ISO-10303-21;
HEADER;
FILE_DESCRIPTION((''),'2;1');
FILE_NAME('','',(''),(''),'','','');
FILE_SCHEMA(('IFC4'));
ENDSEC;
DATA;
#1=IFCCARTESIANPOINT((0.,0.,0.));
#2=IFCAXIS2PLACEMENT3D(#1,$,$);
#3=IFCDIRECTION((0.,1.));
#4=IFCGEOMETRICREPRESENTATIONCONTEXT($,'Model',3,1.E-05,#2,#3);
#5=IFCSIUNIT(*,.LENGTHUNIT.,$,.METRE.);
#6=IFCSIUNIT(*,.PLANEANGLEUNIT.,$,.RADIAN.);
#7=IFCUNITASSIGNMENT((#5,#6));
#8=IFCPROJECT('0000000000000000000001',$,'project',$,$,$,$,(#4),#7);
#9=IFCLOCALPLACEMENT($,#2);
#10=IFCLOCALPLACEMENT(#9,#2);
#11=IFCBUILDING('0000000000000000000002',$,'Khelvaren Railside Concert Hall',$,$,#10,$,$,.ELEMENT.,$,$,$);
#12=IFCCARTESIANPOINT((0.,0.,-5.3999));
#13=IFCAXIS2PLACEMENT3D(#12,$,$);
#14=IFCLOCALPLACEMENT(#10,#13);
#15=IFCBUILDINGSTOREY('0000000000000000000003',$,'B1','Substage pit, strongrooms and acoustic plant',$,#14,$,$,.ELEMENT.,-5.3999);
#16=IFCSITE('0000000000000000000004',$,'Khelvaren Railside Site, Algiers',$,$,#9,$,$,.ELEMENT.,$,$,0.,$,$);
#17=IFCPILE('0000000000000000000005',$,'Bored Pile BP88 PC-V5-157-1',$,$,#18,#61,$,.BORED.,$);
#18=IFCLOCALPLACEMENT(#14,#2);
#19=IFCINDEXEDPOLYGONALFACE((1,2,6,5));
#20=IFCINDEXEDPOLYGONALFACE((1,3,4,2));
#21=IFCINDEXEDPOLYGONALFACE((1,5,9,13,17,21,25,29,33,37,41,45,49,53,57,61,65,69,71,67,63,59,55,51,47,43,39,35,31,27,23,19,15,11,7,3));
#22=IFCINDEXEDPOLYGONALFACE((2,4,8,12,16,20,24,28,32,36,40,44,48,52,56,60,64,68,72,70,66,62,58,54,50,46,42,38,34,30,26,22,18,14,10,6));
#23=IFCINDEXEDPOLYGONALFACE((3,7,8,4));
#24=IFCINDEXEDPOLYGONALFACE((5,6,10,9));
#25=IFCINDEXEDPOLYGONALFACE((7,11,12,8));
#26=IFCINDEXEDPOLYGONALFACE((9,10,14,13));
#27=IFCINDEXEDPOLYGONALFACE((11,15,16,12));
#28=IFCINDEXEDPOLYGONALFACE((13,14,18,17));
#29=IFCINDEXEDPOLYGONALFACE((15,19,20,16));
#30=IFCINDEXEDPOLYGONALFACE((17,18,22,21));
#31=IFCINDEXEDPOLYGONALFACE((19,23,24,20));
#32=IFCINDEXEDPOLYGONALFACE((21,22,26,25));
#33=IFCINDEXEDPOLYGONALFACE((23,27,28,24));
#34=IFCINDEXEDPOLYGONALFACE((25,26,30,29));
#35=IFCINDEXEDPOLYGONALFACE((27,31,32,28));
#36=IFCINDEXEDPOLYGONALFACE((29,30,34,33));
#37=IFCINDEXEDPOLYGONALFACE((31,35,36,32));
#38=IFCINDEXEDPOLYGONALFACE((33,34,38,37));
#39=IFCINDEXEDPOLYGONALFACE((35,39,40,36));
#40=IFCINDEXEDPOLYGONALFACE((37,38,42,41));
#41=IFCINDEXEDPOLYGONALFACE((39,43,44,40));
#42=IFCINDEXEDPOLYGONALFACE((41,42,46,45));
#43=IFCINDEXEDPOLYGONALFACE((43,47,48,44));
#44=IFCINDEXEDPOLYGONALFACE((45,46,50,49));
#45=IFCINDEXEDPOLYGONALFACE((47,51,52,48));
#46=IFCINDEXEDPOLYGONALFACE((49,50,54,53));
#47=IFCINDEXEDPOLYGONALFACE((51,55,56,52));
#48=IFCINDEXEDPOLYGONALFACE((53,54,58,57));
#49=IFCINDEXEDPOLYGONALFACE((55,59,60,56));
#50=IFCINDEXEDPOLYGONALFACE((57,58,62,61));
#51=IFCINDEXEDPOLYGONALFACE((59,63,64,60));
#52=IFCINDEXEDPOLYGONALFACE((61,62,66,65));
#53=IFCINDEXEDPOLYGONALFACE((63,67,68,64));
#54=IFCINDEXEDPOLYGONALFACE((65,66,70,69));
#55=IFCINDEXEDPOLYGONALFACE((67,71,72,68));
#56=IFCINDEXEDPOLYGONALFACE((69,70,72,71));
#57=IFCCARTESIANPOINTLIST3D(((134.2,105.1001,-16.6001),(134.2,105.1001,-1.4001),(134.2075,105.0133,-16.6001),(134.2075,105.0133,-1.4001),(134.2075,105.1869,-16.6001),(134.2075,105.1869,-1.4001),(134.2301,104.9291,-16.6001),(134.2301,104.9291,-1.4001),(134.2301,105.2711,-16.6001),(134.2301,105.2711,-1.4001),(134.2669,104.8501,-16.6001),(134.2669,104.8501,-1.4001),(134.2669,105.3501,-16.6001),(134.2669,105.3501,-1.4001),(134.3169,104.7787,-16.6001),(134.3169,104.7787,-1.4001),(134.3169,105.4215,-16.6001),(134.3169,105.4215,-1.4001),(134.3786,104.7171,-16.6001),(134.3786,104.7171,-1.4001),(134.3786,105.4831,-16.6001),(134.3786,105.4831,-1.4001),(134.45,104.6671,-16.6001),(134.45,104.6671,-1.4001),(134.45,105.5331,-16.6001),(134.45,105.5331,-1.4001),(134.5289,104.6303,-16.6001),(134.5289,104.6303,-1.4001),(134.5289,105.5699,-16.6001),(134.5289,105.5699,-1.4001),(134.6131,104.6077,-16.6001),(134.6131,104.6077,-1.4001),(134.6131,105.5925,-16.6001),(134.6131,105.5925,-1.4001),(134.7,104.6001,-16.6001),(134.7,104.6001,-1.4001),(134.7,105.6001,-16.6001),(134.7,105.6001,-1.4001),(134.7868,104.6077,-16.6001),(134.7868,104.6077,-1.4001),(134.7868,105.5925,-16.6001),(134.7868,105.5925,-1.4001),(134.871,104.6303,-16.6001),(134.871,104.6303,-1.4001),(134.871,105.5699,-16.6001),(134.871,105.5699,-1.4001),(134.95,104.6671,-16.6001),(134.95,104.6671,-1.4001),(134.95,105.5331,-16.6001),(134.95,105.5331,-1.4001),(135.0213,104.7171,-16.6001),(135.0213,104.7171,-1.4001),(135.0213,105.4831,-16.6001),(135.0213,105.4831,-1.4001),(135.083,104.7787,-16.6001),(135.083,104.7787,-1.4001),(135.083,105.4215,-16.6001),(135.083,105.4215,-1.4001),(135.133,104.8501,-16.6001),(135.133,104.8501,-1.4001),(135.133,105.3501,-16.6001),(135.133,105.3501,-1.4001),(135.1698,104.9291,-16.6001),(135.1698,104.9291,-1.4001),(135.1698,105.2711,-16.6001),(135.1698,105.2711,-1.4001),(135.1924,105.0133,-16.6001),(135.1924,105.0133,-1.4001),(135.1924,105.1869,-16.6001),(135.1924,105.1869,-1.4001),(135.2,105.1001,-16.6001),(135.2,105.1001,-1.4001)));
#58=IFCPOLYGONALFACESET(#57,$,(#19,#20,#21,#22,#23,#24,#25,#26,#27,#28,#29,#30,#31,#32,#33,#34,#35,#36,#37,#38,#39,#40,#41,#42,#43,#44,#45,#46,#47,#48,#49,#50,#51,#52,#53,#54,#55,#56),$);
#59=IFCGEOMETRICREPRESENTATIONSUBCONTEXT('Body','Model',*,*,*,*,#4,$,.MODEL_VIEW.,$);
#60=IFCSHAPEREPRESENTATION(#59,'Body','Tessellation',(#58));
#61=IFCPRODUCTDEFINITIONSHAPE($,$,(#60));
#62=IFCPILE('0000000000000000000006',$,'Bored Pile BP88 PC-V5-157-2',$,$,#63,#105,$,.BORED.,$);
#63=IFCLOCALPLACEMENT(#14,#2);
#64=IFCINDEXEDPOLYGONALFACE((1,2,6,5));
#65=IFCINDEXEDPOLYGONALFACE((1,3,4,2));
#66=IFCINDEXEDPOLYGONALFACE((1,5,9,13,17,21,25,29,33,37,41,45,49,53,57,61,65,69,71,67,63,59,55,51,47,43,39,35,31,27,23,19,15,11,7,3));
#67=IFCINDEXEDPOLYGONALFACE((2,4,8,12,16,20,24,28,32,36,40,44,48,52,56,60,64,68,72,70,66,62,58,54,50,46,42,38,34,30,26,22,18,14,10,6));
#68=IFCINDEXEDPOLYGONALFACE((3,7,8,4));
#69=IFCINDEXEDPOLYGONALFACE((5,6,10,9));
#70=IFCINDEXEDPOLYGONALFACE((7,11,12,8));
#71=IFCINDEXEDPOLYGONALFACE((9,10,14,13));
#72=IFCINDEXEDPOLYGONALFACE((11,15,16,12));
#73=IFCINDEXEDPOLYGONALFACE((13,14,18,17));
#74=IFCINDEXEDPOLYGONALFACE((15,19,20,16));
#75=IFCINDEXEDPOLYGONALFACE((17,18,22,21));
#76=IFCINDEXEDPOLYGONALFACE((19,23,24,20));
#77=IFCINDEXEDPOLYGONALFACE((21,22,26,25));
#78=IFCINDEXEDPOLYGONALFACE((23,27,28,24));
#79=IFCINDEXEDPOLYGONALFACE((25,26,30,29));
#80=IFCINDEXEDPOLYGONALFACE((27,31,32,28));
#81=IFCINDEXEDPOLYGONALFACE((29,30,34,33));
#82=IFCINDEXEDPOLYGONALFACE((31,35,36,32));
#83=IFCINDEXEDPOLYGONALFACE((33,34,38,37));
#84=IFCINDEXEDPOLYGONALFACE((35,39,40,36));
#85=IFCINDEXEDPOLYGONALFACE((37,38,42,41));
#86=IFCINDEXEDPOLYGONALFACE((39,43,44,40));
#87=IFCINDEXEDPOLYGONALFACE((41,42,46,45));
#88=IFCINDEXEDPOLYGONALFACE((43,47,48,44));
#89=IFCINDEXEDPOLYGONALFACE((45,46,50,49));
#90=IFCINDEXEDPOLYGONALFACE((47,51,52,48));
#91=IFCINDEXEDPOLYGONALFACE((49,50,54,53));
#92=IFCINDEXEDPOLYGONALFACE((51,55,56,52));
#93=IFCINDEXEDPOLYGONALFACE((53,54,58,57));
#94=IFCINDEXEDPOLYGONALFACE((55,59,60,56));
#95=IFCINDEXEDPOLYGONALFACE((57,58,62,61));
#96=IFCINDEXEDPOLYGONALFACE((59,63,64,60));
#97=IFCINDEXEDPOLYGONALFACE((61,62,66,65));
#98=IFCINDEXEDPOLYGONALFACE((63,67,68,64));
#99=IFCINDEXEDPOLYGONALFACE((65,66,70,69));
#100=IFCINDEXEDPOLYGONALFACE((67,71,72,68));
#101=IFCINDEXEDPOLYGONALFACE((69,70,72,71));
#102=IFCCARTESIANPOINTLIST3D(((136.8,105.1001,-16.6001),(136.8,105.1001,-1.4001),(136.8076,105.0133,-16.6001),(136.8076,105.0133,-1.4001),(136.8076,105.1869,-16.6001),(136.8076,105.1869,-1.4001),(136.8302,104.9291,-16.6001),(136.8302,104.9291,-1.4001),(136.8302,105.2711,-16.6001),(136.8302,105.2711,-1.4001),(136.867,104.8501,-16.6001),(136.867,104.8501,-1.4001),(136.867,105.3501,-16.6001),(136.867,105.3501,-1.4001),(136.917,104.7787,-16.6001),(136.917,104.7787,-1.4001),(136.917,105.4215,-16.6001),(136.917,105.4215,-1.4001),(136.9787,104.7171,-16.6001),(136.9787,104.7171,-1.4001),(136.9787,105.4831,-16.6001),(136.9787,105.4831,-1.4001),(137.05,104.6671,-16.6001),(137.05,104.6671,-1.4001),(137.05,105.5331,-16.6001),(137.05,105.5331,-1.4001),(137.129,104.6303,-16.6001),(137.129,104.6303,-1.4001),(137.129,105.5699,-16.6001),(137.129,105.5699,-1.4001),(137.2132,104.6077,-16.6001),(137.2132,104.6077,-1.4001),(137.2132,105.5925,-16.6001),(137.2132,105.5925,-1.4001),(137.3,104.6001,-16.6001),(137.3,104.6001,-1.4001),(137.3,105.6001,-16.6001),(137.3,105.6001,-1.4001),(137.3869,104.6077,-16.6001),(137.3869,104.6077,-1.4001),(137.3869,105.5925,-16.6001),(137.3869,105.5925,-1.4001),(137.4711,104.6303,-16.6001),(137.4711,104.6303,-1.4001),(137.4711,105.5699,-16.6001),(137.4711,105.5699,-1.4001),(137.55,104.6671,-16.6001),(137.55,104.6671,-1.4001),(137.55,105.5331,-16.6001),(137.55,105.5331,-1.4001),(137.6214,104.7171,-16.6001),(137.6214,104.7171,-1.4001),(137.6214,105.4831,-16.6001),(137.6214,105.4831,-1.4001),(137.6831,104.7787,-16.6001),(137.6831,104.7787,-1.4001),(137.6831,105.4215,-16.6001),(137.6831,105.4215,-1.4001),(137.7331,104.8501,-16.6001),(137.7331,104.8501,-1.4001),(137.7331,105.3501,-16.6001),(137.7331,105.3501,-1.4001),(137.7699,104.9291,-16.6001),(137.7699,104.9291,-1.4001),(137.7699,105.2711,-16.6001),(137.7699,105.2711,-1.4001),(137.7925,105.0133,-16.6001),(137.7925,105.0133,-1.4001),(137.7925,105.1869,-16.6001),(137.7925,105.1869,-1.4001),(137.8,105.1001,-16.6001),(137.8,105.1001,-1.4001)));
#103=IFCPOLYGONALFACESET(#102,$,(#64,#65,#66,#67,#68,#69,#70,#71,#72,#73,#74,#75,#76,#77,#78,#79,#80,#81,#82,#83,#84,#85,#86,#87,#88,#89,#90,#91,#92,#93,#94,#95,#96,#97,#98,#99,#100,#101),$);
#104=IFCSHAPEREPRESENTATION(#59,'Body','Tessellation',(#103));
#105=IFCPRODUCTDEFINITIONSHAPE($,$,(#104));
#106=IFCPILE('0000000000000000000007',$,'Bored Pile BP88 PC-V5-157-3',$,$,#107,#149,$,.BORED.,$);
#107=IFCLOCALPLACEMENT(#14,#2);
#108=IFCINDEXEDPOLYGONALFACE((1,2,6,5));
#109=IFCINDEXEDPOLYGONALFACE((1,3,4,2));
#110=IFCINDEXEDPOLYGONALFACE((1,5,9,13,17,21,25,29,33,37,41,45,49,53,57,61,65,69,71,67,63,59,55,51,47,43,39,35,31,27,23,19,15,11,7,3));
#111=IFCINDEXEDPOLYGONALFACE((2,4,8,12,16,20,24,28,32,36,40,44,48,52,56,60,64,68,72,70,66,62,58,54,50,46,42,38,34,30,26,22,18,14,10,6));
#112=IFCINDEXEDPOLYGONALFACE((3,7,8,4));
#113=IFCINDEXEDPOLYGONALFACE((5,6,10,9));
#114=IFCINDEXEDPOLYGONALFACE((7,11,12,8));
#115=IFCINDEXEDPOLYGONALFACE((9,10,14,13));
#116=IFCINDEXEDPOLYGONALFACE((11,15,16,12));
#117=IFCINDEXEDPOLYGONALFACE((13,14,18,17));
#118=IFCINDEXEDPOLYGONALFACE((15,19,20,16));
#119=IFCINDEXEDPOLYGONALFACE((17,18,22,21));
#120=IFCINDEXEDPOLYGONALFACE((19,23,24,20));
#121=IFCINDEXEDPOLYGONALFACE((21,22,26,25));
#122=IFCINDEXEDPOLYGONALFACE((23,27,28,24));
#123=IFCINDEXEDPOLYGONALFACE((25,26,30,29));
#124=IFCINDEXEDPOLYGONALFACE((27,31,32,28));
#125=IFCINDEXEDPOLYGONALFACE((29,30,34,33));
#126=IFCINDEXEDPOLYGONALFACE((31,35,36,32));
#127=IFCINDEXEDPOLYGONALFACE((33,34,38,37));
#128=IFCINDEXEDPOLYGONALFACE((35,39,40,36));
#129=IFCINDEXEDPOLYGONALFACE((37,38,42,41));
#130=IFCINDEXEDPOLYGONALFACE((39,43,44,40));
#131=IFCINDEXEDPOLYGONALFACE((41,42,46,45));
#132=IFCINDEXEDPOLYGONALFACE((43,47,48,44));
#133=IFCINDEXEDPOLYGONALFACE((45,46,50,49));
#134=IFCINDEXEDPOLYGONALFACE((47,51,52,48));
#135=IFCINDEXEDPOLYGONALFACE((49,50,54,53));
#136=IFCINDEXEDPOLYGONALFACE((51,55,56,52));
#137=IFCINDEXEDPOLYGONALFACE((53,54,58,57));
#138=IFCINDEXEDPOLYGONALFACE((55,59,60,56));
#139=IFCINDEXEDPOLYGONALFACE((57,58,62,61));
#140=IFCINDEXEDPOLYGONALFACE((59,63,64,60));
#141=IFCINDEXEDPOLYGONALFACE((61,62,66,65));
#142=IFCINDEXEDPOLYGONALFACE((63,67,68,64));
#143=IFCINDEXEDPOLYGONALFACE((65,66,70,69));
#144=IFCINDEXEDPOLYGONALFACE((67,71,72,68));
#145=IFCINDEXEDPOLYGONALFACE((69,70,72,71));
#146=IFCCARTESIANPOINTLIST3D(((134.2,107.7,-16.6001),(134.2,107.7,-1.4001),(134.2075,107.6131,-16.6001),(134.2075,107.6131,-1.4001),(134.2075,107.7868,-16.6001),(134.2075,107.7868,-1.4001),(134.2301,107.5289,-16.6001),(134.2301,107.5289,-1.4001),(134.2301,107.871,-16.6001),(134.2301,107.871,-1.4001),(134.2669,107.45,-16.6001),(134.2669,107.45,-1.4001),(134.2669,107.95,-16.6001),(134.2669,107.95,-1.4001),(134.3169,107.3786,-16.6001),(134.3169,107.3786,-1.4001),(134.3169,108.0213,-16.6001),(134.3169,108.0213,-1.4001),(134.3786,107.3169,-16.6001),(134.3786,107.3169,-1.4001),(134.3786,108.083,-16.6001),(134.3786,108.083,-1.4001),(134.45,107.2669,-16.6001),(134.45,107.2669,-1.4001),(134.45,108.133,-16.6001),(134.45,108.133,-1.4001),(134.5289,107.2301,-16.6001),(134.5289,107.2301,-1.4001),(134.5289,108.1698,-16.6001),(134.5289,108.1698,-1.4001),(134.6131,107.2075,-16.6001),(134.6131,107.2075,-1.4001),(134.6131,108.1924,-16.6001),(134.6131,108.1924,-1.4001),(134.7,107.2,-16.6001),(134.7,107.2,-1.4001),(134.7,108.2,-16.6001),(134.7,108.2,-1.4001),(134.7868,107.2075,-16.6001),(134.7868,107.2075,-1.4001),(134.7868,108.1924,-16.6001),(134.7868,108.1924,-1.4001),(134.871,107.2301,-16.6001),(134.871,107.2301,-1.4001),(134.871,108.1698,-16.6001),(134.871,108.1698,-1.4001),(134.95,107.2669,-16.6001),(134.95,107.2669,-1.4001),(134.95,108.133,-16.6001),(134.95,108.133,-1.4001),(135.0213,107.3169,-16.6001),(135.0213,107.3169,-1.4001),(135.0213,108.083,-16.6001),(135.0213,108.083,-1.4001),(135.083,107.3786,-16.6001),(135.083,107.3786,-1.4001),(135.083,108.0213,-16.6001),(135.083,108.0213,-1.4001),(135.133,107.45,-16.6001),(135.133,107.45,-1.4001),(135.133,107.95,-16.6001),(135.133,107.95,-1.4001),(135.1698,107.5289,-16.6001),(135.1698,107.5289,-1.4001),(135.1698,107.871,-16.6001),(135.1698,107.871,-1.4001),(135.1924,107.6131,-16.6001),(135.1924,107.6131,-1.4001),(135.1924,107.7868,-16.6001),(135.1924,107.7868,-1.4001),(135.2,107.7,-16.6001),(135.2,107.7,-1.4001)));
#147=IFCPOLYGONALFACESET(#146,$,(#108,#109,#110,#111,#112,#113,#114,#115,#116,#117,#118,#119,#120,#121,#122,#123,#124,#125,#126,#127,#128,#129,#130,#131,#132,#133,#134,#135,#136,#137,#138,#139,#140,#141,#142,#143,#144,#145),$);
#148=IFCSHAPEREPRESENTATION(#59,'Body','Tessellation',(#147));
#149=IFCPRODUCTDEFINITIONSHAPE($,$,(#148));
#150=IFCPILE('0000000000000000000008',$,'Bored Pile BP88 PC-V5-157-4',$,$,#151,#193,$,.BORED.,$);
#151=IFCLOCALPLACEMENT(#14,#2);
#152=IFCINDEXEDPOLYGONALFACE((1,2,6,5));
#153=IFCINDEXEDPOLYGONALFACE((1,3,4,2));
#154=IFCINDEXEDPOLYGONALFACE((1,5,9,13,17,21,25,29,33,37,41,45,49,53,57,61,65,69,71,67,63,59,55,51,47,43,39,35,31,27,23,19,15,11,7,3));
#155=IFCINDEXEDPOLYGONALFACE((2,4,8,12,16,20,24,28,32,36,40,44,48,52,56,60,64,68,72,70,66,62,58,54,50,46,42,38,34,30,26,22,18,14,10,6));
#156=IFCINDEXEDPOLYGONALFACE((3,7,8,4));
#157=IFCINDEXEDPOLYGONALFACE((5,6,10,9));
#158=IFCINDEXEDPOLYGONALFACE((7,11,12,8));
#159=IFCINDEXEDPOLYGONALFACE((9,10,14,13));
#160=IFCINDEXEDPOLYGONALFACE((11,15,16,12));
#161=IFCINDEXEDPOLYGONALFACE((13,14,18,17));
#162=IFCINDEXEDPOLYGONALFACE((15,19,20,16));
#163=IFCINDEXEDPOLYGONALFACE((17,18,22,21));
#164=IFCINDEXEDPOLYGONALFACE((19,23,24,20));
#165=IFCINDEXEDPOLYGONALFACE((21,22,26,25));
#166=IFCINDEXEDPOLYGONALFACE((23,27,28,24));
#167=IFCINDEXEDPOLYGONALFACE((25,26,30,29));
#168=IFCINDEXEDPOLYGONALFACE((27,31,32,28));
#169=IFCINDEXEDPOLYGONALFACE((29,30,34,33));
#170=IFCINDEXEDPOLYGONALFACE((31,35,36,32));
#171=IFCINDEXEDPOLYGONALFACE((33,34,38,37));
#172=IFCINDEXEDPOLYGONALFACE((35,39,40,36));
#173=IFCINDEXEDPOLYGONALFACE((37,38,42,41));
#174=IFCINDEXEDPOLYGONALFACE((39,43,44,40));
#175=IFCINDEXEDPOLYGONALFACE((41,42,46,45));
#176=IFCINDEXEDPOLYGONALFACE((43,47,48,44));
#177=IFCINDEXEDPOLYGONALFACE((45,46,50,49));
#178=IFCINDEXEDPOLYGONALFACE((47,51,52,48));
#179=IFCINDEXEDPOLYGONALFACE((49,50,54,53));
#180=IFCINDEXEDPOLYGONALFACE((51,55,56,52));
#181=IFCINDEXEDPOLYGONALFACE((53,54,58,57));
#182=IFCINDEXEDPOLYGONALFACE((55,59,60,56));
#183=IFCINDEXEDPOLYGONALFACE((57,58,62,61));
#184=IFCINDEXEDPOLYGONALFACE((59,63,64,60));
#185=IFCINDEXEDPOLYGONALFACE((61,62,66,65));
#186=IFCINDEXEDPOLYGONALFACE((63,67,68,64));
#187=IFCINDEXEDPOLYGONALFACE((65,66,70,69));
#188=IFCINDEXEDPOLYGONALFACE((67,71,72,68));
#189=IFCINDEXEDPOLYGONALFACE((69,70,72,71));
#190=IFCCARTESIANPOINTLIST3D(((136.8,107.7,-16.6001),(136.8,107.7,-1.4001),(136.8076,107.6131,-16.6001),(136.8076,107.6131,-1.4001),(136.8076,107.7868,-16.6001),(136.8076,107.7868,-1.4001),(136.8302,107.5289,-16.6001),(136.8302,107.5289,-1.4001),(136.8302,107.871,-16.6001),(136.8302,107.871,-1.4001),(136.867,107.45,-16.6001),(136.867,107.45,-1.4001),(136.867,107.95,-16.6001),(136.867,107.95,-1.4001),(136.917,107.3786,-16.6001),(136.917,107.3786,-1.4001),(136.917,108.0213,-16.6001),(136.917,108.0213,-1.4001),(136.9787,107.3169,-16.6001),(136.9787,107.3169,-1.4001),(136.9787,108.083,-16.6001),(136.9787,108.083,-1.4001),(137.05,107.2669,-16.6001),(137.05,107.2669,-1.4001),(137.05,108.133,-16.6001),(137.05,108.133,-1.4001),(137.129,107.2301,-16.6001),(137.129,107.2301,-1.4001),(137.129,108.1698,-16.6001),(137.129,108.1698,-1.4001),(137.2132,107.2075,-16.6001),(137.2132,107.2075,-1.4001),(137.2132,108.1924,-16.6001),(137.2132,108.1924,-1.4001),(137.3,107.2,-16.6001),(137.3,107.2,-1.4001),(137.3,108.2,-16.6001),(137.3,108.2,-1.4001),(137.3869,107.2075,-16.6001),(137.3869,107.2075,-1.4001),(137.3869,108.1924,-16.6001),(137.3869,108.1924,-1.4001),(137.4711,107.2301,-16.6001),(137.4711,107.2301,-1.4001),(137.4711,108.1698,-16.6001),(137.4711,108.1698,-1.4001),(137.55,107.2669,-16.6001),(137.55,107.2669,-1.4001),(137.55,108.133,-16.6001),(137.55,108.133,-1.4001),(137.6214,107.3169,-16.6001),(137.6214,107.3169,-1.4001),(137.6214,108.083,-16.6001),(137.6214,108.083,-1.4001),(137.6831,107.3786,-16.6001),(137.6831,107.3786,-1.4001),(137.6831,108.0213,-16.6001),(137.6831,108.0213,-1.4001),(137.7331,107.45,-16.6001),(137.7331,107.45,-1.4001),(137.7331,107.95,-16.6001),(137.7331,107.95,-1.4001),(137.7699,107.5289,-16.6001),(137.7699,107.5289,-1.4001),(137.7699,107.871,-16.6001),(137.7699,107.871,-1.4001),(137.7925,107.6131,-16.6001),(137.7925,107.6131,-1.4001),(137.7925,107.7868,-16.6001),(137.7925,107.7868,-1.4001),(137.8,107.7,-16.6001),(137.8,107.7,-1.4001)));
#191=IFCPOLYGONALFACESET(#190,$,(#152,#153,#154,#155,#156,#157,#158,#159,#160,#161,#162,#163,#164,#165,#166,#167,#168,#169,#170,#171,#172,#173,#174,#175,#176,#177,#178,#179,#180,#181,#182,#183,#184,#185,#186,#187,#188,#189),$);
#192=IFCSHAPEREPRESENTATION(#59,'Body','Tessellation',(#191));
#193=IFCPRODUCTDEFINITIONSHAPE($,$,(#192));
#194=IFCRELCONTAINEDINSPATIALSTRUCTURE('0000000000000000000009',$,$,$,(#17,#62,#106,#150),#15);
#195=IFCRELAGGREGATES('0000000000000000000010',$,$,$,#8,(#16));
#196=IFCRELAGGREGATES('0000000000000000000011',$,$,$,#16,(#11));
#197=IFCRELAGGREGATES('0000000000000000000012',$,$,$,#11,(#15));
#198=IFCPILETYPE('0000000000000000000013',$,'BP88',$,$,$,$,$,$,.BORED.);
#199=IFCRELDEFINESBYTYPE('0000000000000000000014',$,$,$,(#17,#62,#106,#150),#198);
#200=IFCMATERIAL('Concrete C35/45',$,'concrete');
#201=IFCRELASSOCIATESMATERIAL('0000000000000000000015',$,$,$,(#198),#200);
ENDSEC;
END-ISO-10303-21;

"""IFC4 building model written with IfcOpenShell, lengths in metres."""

from ifc_helpers import new_model, si_unit, direction, frame, origin, origin_2d, place, context, subcontext, project, spatial, circle, extrude, material, material_profile, profile_set, type_object, element, save


model = new_model("IFC4")

# Units and contexts
model_context = context("Model", 3, precision=1e-05, world=origin(), true_north=direction((0.0, 1.0)))
body_context = subcontext(model_context, "Body", "Model", "MODEL_VIEW")
ifc_project = project(units=[si_unit("LENGTHUNIT", "METRE"), si_unit("PLANEANGLEUNIT", "RADIAN")], contexts=[model_context])

# Site, building, storey
site_placement = place(None, origin())
site = spatial("IfcSite", under=ifc_project, at=site_placement, Name="Khelvaren Railside Site, Algiers", CompositionType="ELEMENT", RefElevation=0.0)
building_placement = place(site_placement, origin())
building = spatial("IfcBuilding", under=site, at=building_placement, Name="Khelvaren Railside Concert Hall", CompositionType="ELEMENT")
storey_placement = place(building_placement, frame((0.0, 0.0, -5.3999)))
storey = spatial("IfcBuildingStorey", under=building, at=storey_placement, Name="B1", Description="Substage pit, strongrooms and acoustic plant", CompositionType="ELEMENT", Elevation=-5.3999)

# Piles
ifc_material_1 = material(Name="Concrete C35/45", Category="concrete")
ifc_material_profile_1 = material_profile(ifc_material_1, circle(Radius=0.5, at=origin_2d()), Name="BP D1000")
ifc_profile_set_1 = profile_set([ifc_material_profile_1], Name="Concrete C35/45")
pile_type_1 = type_object("IfcPileType", Name="BP88", PredefinedType="BORED", material=ifc_profile_set_1)
for number, where, z_axis, x_axis, name in (
    (1, (134.7, 105.1001, -1.4001), (0.0, 0.0, -1.0), (1.0, 0.0, 0.0), "Bored Pile BP88 PC-V5-157-1"),
    (2, (137.3, 105.1001, -1.4001), (0.0, 0.0, -1.0), (1.0, 0.0, 0.0), "Bored Pile BP88 PC-V5-157-2"),
    (3, (134.7, 107.7, -1.4001), (0.0, 0.0, -1.0), (1.0, 0.0, 0.0), "Bored Pile BP88 PC-V5-157-3"),
    (4, (137.3, 107.7, -1.4001), (0.0, 0.0, -1.0), (1.0, 0.0, 0.0), "Bored Pile BP88 PC-V5-157-4"),
):
    element("IfcPile", number, at=place(storey_placement, frame(where, z_axis=z_axis, x_axis=x_axis)), inside=storey, type_object=pile_type_1, Name=name, PredefinedType="BORED", context=body_context, shape_type="SweptSolid", body=[
        extrude(circle(Radius=0.5, at=origin_2d()), origin(), (0.0, 0.0, 1.0), 15.2),
    ])

save(model, "model.ifc")
